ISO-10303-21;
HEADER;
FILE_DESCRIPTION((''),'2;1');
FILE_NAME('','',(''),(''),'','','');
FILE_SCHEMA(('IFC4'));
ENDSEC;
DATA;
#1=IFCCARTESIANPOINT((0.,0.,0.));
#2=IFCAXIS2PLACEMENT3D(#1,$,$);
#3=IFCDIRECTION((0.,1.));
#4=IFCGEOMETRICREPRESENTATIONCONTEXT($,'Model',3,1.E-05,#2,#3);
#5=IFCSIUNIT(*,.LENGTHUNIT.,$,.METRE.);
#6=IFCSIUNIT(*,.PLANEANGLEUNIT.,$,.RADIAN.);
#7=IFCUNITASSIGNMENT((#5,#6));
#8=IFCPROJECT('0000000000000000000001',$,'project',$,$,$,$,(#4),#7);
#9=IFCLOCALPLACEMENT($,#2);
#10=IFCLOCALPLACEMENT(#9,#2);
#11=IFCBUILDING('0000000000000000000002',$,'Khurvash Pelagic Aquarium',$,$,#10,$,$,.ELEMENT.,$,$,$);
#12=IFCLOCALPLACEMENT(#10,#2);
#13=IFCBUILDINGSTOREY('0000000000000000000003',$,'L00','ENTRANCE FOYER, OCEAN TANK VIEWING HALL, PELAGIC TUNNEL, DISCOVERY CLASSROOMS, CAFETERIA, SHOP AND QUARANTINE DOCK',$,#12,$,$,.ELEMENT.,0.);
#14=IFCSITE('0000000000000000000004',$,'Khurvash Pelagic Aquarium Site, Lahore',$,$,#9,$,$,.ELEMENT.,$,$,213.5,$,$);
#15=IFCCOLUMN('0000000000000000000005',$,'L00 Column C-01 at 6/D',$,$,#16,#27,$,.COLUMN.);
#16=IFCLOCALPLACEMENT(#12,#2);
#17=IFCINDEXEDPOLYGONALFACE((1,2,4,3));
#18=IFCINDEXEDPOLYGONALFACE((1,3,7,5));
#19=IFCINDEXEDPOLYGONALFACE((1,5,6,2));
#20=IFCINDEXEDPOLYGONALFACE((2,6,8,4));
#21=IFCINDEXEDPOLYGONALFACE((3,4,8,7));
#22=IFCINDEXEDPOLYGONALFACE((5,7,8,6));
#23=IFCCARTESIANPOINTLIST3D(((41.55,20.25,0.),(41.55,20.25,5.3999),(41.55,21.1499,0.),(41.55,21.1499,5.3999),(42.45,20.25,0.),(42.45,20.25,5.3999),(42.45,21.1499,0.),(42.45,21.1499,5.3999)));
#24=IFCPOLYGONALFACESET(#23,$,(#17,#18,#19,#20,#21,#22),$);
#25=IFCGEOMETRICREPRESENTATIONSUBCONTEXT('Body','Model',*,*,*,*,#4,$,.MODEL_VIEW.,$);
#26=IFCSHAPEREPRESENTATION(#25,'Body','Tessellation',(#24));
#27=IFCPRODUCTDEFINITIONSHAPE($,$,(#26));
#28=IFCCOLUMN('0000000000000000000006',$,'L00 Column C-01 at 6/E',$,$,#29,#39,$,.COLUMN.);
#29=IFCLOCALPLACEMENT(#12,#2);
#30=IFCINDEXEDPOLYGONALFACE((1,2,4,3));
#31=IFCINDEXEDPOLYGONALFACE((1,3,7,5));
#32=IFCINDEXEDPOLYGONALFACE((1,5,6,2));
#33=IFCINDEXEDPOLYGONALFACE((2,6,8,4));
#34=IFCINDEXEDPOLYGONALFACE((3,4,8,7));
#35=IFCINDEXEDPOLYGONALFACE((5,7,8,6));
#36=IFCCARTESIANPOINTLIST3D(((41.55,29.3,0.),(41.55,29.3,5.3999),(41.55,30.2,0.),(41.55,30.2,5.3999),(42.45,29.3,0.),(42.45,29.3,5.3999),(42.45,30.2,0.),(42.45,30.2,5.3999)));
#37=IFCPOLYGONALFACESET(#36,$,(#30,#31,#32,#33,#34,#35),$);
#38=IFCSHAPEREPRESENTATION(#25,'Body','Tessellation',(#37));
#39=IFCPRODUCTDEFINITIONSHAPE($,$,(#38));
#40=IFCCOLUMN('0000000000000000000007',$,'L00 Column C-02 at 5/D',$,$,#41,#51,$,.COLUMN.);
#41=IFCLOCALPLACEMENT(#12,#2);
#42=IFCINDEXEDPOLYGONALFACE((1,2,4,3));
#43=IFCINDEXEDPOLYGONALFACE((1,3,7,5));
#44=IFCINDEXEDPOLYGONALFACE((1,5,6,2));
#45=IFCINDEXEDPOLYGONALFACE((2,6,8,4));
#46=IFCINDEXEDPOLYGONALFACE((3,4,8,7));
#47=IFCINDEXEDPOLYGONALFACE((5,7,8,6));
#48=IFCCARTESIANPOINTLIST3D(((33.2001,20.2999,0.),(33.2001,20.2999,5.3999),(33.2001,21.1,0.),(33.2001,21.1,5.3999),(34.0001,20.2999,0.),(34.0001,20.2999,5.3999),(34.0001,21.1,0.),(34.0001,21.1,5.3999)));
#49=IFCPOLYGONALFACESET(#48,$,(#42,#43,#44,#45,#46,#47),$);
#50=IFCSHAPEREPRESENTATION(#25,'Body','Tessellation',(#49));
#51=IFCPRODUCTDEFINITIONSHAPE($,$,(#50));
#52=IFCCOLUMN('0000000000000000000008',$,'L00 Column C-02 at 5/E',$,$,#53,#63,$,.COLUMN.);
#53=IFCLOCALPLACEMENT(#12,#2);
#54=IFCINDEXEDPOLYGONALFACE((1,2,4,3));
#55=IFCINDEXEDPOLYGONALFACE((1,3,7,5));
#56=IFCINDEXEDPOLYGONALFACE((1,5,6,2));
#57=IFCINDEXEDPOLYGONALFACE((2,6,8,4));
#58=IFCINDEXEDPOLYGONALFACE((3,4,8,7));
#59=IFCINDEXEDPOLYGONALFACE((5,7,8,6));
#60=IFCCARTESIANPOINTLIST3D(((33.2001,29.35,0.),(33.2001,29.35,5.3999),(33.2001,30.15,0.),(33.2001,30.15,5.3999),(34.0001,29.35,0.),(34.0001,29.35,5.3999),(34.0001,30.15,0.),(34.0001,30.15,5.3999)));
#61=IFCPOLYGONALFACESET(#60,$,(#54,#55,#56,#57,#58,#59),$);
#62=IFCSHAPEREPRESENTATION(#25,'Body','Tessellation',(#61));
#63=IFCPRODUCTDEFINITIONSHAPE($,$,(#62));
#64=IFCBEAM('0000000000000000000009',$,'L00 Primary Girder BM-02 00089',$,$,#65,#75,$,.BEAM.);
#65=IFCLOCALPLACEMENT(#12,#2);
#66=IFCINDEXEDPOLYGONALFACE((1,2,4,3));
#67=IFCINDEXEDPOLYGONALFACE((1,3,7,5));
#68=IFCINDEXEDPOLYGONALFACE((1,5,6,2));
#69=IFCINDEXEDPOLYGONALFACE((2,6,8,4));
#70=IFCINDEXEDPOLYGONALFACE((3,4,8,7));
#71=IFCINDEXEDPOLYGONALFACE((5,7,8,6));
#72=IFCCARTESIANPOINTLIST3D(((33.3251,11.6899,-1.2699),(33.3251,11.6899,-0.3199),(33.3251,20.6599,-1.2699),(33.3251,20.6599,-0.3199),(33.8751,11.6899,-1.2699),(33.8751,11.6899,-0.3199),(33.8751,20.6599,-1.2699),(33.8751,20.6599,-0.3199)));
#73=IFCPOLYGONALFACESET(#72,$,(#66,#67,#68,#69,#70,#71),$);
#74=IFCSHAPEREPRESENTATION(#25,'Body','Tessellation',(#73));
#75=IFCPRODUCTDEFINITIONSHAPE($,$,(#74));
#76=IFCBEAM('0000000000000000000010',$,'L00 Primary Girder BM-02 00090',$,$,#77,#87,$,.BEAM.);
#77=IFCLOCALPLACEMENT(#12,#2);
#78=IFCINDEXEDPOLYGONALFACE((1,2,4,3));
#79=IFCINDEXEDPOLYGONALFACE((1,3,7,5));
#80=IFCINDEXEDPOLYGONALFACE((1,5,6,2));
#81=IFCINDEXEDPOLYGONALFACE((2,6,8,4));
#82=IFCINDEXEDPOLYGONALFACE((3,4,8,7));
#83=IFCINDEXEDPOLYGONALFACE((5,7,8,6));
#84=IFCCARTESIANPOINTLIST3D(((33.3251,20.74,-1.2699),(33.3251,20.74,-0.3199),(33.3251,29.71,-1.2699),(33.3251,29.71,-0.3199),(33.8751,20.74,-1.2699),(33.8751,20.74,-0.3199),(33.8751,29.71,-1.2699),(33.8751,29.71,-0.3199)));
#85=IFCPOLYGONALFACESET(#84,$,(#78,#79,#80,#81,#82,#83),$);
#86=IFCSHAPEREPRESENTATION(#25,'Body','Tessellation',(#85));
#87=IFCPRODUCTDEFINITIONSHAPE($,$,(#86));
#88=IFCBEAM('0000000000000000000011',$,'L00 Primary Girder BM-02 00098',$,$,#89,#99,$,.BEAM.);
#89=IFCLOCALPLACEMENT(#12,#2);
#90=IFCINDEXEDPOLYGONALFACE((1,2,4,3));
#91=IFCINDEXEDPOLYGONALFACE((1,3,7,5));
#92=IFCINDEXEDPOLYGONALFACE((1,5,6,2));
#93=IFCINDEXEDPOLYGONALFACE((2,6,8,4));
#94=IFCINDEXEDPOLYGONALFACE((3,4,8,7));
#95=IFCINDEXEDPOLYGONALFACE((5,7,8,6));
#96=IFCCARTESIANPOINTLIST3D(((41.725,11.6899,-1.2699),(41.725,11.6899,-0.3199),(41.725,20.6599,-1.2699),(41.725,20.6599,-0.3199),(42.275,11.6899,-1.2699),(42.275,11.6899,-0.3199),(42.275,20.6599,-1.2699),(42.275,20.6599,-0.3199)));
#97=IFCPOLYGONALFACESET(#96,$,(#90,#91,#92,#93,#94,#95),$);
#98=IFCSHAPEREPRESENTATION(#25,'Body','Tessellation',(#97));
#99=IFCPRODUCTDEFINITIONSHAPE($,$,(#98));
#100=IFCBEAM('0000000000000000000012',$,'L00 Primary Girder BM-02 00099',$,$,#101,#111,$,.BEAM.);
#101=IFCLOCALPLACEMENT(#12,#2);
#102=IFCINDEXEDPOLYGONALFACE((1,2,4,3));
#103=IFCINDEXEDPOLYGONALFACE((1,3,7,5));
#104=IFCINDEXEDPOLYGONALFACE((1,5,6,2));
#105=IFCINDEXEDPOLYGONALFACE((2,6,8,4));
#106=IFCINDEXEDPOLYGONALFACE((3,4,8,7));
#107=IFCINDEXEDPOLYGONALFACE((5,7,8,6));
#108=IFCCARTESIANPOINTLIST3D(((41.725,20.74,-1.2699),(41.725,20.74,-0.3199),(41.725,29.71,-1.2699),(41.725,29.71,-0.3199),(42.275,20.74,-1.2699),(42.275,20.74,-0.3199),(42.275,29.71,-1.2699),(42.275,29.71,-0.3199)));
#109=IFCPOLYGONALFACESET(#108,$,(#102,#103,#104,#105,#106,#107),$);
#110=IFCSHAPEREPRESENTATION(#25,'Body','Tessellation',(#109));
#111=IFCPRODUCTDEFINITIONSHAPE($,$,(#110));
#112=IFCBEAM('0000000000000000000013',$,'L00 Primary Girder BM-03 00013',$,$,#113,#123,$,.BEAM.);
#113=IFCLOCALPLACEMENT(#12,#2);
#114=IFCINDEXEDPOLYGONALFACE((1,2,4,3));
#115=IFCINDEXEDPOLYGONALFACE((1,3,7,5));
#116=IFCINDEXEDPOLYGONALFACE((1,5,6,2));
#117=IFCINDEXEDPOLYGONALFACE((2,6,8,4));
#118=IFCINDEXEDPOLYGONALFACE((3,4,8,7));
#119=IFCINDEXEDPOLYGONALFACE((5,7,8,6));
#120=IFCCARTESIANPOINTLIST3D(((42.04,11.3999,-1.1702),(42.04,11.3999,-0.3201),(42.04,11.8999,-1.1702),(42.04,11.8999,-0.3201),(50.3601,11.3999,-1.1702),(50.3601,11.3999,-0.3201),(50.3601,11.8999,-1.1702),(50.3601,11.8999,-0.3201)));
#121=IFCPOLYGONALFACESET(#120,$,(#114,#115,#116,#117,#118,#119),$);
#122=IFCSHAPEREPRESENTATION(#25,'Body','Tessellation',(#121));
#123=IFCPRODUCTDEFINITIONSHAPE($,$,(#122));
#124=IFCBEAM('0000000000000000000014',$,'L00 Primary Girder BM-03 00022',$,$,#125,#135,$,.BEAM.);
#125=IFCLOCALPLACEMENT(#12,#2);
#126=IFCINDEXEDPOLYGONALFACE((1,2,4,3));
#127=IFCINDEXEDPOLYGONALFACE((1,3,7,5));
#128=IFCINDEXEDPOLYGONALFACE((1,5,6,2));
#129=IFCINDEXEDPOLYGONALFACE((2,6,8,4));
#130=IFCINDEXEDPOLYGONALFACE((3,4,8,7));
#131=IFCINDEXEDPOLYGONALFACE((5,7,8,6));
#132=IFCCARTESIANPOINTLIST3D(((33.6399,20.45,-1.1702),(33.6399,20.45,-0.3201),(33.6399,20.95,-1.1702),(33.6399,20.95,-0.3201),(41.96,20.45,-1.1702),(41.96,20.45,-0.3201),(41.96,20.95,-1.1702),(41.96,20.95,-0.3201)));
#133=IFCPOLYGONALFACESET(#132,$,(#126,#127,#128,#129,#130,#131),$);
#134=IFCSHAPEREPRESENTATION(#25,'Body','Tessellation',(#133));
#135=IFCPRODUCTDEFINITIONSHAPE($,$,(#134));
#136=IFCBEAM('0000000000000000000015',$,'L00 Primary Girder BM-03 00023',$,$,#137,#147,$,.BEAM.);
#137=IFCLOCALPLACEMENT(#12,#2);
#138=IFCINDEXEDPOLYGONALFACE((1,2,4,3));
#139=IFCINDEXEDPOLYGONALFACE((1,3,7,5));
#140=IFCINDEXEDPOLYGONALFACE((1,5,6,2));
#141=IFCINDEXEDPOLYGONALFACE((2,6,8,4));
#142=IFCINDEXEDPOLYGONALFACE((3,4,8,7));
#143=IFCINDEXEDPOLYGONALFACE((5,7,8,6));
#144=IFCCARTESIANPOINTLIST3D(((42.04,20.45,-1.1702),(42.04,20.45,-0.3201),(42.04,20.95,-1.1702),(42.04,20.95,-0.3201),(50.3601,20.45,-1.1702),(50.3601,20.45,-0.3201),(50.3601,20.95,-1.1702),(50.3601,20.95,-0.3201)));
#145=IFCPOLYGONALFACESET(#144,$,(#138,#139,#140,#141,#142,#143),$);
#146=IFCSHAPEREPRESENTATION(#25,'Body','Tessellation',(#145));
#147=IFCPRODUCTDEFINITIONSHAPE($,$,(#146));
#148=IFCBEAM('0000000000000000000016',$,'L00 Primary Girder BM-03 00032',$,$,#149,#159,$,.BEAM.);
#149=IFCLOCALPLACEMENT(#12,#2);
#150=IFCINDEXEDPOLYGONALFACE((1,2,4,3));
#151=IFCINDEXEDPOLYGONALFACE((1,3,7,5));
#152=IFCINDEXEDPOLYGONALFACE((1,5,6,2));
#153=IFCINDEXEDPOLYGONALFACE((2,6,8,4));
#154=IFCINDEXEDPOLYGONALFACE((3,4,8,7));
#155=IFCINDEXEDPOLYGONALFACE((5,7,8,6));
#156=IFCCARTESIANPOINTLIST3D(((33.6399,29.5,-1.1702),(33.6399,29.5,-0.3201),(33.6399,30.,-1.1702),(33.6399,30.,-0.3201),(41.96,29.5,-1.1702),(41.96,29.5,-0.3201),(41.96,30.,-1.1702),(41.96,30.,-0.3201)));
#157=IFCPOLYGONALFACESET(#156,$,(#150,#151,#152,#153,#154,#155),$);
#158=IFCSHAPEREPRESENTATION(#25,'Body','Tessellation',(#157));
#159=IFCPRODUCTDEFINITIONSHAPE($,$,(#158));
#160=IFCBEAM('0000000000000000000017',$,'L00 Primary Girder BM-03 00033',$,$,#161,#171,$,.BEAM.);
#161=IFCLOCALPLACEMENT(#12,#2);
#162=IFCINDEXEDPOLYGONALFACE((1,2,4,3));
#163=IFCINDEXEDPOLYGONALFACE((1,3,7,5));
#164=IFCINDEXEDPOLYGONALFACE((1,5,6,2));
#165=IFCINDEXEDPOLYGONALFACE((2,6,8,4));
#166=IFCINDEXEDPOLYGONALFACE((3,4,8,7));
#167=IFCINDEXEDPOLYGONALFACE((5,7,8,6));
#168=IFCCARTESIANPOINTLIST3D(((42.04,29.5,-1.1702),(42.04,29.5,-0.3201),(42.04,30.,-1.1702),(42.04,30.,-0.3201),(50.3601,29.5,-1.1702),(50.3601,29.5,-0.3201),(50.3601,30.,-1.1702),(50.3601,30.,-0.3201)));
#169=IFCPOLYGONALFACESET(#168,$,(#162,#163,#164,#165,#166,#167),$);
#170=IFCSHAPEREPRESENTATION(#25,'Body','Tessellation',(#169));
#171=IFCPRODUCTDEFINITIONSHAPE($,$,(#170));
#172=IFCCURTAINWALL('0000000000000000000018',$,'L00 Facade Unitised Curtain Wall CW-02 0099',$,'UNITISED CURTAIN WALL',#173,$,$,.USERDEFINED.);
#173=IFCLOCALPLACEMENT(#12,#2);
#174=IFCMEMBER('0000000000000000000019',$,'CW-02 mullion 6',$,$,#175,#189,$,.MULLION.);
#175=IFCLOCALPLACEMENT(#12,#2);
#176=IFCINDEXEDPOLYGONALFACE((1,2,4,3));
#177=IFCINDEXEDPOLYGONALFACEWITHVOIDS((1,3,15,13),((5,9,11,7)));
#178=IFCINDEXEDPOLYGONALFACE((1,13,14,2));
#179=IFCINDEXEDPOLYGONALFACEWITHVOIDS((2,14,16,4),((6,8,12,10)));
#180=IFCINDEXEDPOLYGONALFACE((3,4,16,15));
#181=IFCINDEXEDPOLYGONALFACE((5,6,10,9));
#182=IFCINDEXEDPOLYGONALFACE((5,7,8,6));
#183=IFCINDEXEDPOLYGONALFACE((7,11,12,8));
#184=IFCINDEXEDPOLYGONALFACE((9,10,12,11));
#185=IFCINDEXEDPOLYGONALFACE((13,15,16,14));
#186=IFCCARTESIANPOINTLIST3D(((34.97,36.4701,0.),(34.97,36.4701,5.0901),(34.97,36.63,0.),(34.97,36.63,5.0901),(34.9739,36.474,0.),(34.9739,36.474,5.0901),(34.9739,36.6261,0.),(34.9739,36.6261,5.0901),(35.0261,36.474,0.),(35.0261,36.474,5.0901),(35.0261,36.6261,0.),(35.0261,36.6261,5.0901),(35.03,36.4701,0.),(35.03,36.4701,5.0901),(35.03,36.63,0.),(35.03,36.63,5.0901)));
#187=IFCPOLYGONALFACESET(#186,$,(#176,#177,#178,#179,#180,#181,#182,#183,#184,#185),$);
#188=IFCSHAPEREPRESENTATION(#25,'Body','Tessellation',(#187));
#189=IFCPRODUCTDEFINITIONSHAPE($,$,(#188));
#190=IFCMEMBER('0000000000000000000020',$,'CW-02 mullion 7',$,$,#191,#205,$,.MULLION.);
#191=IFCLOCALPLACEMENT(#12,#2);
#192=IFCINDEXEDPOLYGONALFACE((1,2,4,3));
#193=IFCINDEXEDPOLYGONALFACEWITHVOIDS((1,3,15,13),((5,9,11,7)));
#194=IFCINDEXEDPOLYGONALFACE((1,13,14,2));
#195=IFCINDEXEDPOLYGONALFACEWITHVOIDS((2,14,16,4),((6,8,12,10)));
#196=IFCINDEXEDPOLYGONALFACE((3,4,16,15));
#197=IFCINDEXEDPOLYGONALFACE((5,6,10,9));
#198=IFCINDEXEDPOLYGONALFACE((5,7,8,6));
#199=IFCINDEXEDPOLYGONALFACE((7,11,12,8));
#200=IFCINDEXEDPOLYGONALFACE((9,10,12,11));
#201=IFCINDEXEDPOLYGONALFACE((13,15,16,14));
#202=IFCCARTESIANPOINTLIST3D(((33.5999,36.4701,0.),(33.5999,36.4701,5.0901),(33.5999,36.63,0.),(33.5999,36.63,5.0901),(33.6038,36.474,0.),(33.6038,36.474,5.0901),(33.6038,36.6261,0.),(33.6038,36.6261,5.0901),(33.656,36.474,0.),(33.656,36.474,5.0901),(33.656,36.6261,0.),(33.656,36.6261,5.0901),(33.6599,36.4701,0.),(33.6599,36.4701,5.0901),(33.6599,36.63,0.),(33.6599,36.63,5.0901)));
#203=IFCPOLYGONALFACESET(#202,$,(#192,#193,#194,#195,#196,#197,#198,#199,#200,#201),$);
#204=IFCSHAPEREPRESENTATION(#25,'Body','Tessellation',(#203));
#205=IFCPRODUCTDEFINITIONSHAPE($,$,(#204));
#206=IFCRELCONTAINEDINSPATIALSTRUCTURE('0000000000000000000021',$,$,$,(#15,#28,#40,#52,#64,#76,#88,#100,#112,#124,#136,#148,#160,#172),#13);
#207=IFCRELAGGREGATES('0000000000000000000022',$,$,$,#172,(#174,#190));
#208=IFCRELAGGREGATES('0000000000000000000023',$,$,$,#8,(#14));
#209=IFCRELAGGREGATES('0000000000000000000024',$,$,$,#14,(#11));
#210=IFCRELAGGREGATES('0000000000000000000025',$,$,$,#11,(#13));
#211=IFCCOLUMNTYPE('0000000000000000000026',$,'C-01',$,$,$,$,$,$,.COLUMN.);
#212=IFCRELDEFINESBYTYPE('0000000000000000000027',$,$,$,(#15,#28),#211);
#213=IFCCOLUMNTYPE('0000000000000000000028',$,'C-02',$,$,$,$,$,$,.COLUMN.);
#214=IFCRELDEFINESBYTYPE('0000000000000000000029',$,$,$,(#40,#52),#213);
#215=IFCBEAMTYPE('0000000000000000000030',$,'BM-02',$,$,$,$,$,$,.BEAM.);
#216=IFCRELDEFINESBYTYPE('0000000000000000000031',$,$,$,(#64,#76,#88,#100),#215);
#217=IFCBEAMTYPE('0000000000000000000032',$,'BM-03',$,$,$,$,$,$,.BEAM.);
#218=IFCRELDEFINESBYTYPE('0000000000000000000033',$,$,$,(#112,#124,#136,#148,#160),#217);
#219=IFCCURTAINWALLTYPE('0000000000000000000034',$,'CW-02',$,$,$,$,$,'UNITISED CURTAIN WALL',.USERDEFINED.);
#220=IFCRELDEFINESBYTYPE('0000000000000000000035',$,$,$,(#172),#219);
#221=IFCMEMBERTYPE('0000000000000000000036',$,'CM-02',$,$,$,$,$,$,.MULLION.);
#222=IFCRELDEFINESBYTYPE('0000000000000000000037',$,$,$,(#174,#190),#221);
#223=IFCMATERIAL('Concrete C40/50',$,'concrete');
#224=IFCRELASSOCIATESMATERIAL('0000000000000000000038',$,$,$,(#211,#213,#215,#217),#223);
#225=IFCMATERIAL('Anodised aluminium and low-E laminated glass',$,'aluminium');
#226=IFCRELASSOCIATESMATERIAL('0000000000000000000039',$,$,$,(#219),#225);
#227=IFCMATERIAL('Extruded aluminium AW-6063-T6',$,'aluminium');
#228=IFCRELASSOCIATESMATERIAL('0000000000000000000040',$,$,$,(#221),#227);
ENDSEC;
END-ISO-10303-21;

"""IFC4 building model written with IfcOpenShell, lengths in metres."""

from ifc_helpers import new_model, si_unit, direction, frame, origin, origin_2d, place, context, subcontext, project, spatial, rectangle, hollow_rectangle, extrude, material, material_profile, profile_set, type_object, element, aggregate, save


model = new_model("IFC4")

# Units and contexts
model_context = context("Model", 3, precision=1e-05, world=origin(), true_north=direction((0.0, 1.0)))
body_context = subcontext(model_context, "Body", "Model", "MODEL_VIEW")
ifc_project = project(units=[si_unit("LENGTHUNIT", "METRE"), si_unit("PLANEANGLEUNIT", "RADIAN")], contexts=[model_context])

# Site, building, storey
site_placement = place(None, origin())
site = spatial("IfcSite", under=ifc_project, at=site_placement, Name="Khurvash Pelagic Aquarium Site, Lahore", CompositionType="ELEMENT", RefElevation=213.5)
building_placement = place(site_placement, origin())
building = spatial("IfcBuilding", under=site, at=building_placement, Name="Khurvash Pelagic Aquarium", CompositionType="ELEMENT")
storey_placement = place(building_placement, origin())
storey = spatial("IfcBuildingStorey", under=building, at=storey_placement, Name="L00", Description="ENTRANCE FOYER, OCEAN TANK VIEWING HALL, PELAGIC TUNNEL, DISCOVERY CLASSROOMS, CAFETERIA, SHOP AND QUARANTINE DOCK", CompositionType="ELEMENT", Elevation=0.0)

# Columns
ifc_material_1 = material(Name="Concrete C40/50", Category="concrete")
ifc_material_profile_1 = material_profile(ifc_material_1, rectangle(XDim=0.8999, YDim=0.8999, at=origin_2d()), Name="RC900X900")
ifc_profile_set_1 = profile_set([ifc_material_profile_1], Name="Concrete C40/50")
column_type_1 = type_object("IfcColumnType", Name="C-01", PredefinedType="COLUMN", material=ifc_profile_set_1)
for number, where, z_axis, x_axis, name in (
    (1, (42.0, 20.7, 0.0), (0.0, 0.0, 1.0), (1.0, 0.0, 0.0), "L00 Column C-01 at 6/D"),
    (2, (42.0, 29.75, 0.0), (0.0, 0.0, 1.0), (1.0, 0.0, 0.0), "L00 Column C-01 at 6/E"),
):
    element("IfcColumn", number, at=place(storey_placement, frame(where, z_axis=z_axis, x_axis=x_axis)), inside=storey, type_object=column_type_1, Name=name, PredefinedType="COLUMN", context=body_context, shape_type="SweptSolid", body=[
        extrude(rectangle(XDim=0.8999, YDim=0.8999, at=origin_2d()), origin(), (0.0, 0.0, 1.0), 5.3999),
    ])
ifc_material_profile_2 = material_profile(ifc_material_1, rectangle(XDim=0.8, YDim=0.8, at=origin_2d()), Name="RC800X800")
ifc_profile_set_2 = profile_set([ifc_material_profile_2], Name="Concrete C40/50")
column_type_2 = type_object("IfcColumnType", Name="C-02", PredefinedType="COLUMN", material=ifc_profile_set_2)
for number, where, z_axis, x_axis, name in (
    (3, (33.6001, 20.7, 0.0), (0.0, 0.0, 1.0), (1.0, 0.0, 0.0), "L00 Column C-02 at 5/D"),
    (4, (33.6001, 29.75, 0.0), (0.0, 0.0, 1.0), (1.0, 0.0, 0.0), "L00 Column C-02 at 5/E"),
):
    element("IfcColumn", number, at=place(storey_placement, frame(where, z_axis=z_axis, x_axis=x_axis)), inside=storey, type_object=column_type_2, Name=name, PredefinedType="COLUMN", context=body_context, shape_type="SweptSolid", body=[
        extrude(rectangle(XDim=0.8, YDim=0.8, at=origin_2d()), origin(), (0.0, 0.0, 1.0), 5.3999),
    ])

# Beams
ifc_material_profile_3 = material_profile(ifc_material_1, rectangle(XDim=0.55, YDim=0.95, at=origin_2d()), Name="RC550X950")
ifc_profile_set_3 = profile_set([ifc_material_profile_3], Name="Concrete C40/50")
beam_type_1 = type_object("IfcBeamType", Name="BM-02", PredefinedType="BEAM", material=ifc_profile_set_3)
for number, where, z_axis, x_axis, name in (
    (5, (33.6001, 11.6899, -0.7949), (0.0, 1.0, 0.0), (-1.0, 0.0, 0.0), "L00 Primary Girder BM-02 00089"),
    (6, (33.6001, 20.74, -0.7949), (0.0, 1.0, 0.0), (-1.0, 0.0, 0.0), "L00 Primary Girder BM-02 00090"),
    (7, (42.0, 11.6899, -0.7949), (0.0, 1.0, 0.0), (-1.0, 0.0, 0.0), "L00 Primary Girder BM-02 00098"),
    (8, (42.0, 20.74, -0.7949), (0.0, 1.0, 0.0), (-1.0, 0.0, 0.0), "L00 Primary Girder BM-02 00099"),
):
    element("IfcBeam", number, at=place(storey_placement, frame(where, z_axis=z_axis, x_axis=x_axis)), inside=storey, type_object=beam_type_1, Name=name, PredefinedType="BEAM", context=body_context, shape_type="SweptSolid", body=[
        extrude(rectangle(XDim=0.55, YDim=0.95, at=origin_2d()), origin(), (0.0, 0.0, 1.0), 8.97),
    ])
ifc_material_profile_4 = material_profile(ifc_material_1, rectangle(XDim=0.5, YDim=0.8501, at=origin_2d()), Name="RC500X850")
ifc_profile_set_4 = profile_set([ifc_material_profile_4], Name="Concrete C40/50")
beam_type_2 = type_object("IfcBeamType", Name="BM-03", PredefinedType="BEAM", material=ifc_profile_set_4)
for number, where, z_axis, x_axis, name in (
    (9, (42.04, 11.6499, -0.7451), (1.0, 0.0, 0.0), (0.0, 1.0, 0.0), "L00 Primary Girder BM-03 00013"),
    (10, (33.6399, 20.7, -0.7451), (1.0, 0.0, 0.0), (0.0, 1.0, 0.0), "L00 Primary Girder BM-03 00022"),
    (11, (42.04, 20.7, -0.7451), (1.0, 0.0, 0.0), (0.0, 1.0, 0.0), "L00 Primary Girder BM-03 00023"),
    (12, (33.6399, 29.75, -0.7451), (1.0, 0.0, 0.0), (0.0, 1.0, 0.0), "L00 Primary Girder BM-03 00032"),
    (13, (42.04, 29.75, -0.7451), (1.0, 0.0, 0.0), (0.0, 1.0, 0.0), "L00 Primary Girder BM-03 00033"),
):
    element("IfcBeam", number, at=place(storey_placement, frame(where, z_axis=z_axis, x_axis=x_axis)), inside=storey, type_object=beam_type_2, Name=name, PredefinedType="BEAM", context=body_context, shape_type="SweptSolid", body=[
        extrude(rectangle(XDim=0.5, YDim=0.8501, at=origin_2d()), origin(), (0.0, 0.0, 1.0), 8.3201),
    ])

# Curtain wall, members
ifc_material_2 = material(Name="Anodised aluminium and low-E laminated glass", Category="aluminium")
curtain_wall_type = type_object("IfcCurtainWallType", Name="CW-02", ElementType="UNITISED CURTAIN WALL", PredefinedType="USERDEFINED", material=ifc_material_2)
curtain_wall_placement = place(storey_placement, origin())
curtain_wall = element("IfcCurtainWall", 14, at=curtain_wall_placement, inside=storey, type_object=curtain_wall_type, Name="L00 Facade Unitised Curtain Wall CW-02 0099", ObjectType="UNITISED CURTAIN WALL", PredefinedType="USERDEFINED")
ifc_material_3 = material(Name="Extruded aluminium AW-6063-T6", Category="aluminium")
ifc_material_profile_5 = material_profile(ifc_material_3, hollow_rectangle(XDim=0.0601, YDim=0.1599, WallThickness=0.0039, at=origin_2d()), Name="CWM60X160X4")
ifc_profile_set_5 = profile_set([ifc_material_profile_5], Name="Extruded aluminium AW-6063-T6")
member_type_1 = type_object("IfcMemberType", Name="CM-02", PredefinedType="MULLION", material=ifc_profile_set_5)
member_1_placement = place(storey_placement, frame((35.0, 36.55, 0.0), z_axis=(0.0, 0.0, 1.0), x_axis=(-1.0, 0.0, 0.0)))
member_1 = element("IfcMember", 15, at=member_1_placement, type_object=member_type_1, Name="CW-02 mullion 6", PredefinedType="MULLION", context=body_context, shape_type="SweptSolid", body=[
    extrude(hollow_rectangle(XDim=0.0601, YDim=0.1599, WallThickness=0.0039, at=origin_2d()), origin(), (0.0, 0.0, 1.0), 5.0901),
])
member_2_placement = place(storey_placement, frame((33.6299, 36.55, 0.0), z_axis=(0.0, 0.0, 1.0), x_axis=(-1.0, 0.0, 0.0)))
member_2 = element("IfcMember", 16, at=member_2_placement, type_object=member_type_1, Name="CW-02 mullion 7", PredefinedType="MULLION", context=body_context, shape_type="SweptSolid", body=[
    extrude(hollow_rectangle(XDim=0.0601, YDim=0.1599, WallThickness=0.0039, at=origin_2d()), origin(), (0.0, 0.0, 1.0), 5.0901),
])

aggregate(curtain_wall, [member_1, member_2])

save(model, "model.ifc")
